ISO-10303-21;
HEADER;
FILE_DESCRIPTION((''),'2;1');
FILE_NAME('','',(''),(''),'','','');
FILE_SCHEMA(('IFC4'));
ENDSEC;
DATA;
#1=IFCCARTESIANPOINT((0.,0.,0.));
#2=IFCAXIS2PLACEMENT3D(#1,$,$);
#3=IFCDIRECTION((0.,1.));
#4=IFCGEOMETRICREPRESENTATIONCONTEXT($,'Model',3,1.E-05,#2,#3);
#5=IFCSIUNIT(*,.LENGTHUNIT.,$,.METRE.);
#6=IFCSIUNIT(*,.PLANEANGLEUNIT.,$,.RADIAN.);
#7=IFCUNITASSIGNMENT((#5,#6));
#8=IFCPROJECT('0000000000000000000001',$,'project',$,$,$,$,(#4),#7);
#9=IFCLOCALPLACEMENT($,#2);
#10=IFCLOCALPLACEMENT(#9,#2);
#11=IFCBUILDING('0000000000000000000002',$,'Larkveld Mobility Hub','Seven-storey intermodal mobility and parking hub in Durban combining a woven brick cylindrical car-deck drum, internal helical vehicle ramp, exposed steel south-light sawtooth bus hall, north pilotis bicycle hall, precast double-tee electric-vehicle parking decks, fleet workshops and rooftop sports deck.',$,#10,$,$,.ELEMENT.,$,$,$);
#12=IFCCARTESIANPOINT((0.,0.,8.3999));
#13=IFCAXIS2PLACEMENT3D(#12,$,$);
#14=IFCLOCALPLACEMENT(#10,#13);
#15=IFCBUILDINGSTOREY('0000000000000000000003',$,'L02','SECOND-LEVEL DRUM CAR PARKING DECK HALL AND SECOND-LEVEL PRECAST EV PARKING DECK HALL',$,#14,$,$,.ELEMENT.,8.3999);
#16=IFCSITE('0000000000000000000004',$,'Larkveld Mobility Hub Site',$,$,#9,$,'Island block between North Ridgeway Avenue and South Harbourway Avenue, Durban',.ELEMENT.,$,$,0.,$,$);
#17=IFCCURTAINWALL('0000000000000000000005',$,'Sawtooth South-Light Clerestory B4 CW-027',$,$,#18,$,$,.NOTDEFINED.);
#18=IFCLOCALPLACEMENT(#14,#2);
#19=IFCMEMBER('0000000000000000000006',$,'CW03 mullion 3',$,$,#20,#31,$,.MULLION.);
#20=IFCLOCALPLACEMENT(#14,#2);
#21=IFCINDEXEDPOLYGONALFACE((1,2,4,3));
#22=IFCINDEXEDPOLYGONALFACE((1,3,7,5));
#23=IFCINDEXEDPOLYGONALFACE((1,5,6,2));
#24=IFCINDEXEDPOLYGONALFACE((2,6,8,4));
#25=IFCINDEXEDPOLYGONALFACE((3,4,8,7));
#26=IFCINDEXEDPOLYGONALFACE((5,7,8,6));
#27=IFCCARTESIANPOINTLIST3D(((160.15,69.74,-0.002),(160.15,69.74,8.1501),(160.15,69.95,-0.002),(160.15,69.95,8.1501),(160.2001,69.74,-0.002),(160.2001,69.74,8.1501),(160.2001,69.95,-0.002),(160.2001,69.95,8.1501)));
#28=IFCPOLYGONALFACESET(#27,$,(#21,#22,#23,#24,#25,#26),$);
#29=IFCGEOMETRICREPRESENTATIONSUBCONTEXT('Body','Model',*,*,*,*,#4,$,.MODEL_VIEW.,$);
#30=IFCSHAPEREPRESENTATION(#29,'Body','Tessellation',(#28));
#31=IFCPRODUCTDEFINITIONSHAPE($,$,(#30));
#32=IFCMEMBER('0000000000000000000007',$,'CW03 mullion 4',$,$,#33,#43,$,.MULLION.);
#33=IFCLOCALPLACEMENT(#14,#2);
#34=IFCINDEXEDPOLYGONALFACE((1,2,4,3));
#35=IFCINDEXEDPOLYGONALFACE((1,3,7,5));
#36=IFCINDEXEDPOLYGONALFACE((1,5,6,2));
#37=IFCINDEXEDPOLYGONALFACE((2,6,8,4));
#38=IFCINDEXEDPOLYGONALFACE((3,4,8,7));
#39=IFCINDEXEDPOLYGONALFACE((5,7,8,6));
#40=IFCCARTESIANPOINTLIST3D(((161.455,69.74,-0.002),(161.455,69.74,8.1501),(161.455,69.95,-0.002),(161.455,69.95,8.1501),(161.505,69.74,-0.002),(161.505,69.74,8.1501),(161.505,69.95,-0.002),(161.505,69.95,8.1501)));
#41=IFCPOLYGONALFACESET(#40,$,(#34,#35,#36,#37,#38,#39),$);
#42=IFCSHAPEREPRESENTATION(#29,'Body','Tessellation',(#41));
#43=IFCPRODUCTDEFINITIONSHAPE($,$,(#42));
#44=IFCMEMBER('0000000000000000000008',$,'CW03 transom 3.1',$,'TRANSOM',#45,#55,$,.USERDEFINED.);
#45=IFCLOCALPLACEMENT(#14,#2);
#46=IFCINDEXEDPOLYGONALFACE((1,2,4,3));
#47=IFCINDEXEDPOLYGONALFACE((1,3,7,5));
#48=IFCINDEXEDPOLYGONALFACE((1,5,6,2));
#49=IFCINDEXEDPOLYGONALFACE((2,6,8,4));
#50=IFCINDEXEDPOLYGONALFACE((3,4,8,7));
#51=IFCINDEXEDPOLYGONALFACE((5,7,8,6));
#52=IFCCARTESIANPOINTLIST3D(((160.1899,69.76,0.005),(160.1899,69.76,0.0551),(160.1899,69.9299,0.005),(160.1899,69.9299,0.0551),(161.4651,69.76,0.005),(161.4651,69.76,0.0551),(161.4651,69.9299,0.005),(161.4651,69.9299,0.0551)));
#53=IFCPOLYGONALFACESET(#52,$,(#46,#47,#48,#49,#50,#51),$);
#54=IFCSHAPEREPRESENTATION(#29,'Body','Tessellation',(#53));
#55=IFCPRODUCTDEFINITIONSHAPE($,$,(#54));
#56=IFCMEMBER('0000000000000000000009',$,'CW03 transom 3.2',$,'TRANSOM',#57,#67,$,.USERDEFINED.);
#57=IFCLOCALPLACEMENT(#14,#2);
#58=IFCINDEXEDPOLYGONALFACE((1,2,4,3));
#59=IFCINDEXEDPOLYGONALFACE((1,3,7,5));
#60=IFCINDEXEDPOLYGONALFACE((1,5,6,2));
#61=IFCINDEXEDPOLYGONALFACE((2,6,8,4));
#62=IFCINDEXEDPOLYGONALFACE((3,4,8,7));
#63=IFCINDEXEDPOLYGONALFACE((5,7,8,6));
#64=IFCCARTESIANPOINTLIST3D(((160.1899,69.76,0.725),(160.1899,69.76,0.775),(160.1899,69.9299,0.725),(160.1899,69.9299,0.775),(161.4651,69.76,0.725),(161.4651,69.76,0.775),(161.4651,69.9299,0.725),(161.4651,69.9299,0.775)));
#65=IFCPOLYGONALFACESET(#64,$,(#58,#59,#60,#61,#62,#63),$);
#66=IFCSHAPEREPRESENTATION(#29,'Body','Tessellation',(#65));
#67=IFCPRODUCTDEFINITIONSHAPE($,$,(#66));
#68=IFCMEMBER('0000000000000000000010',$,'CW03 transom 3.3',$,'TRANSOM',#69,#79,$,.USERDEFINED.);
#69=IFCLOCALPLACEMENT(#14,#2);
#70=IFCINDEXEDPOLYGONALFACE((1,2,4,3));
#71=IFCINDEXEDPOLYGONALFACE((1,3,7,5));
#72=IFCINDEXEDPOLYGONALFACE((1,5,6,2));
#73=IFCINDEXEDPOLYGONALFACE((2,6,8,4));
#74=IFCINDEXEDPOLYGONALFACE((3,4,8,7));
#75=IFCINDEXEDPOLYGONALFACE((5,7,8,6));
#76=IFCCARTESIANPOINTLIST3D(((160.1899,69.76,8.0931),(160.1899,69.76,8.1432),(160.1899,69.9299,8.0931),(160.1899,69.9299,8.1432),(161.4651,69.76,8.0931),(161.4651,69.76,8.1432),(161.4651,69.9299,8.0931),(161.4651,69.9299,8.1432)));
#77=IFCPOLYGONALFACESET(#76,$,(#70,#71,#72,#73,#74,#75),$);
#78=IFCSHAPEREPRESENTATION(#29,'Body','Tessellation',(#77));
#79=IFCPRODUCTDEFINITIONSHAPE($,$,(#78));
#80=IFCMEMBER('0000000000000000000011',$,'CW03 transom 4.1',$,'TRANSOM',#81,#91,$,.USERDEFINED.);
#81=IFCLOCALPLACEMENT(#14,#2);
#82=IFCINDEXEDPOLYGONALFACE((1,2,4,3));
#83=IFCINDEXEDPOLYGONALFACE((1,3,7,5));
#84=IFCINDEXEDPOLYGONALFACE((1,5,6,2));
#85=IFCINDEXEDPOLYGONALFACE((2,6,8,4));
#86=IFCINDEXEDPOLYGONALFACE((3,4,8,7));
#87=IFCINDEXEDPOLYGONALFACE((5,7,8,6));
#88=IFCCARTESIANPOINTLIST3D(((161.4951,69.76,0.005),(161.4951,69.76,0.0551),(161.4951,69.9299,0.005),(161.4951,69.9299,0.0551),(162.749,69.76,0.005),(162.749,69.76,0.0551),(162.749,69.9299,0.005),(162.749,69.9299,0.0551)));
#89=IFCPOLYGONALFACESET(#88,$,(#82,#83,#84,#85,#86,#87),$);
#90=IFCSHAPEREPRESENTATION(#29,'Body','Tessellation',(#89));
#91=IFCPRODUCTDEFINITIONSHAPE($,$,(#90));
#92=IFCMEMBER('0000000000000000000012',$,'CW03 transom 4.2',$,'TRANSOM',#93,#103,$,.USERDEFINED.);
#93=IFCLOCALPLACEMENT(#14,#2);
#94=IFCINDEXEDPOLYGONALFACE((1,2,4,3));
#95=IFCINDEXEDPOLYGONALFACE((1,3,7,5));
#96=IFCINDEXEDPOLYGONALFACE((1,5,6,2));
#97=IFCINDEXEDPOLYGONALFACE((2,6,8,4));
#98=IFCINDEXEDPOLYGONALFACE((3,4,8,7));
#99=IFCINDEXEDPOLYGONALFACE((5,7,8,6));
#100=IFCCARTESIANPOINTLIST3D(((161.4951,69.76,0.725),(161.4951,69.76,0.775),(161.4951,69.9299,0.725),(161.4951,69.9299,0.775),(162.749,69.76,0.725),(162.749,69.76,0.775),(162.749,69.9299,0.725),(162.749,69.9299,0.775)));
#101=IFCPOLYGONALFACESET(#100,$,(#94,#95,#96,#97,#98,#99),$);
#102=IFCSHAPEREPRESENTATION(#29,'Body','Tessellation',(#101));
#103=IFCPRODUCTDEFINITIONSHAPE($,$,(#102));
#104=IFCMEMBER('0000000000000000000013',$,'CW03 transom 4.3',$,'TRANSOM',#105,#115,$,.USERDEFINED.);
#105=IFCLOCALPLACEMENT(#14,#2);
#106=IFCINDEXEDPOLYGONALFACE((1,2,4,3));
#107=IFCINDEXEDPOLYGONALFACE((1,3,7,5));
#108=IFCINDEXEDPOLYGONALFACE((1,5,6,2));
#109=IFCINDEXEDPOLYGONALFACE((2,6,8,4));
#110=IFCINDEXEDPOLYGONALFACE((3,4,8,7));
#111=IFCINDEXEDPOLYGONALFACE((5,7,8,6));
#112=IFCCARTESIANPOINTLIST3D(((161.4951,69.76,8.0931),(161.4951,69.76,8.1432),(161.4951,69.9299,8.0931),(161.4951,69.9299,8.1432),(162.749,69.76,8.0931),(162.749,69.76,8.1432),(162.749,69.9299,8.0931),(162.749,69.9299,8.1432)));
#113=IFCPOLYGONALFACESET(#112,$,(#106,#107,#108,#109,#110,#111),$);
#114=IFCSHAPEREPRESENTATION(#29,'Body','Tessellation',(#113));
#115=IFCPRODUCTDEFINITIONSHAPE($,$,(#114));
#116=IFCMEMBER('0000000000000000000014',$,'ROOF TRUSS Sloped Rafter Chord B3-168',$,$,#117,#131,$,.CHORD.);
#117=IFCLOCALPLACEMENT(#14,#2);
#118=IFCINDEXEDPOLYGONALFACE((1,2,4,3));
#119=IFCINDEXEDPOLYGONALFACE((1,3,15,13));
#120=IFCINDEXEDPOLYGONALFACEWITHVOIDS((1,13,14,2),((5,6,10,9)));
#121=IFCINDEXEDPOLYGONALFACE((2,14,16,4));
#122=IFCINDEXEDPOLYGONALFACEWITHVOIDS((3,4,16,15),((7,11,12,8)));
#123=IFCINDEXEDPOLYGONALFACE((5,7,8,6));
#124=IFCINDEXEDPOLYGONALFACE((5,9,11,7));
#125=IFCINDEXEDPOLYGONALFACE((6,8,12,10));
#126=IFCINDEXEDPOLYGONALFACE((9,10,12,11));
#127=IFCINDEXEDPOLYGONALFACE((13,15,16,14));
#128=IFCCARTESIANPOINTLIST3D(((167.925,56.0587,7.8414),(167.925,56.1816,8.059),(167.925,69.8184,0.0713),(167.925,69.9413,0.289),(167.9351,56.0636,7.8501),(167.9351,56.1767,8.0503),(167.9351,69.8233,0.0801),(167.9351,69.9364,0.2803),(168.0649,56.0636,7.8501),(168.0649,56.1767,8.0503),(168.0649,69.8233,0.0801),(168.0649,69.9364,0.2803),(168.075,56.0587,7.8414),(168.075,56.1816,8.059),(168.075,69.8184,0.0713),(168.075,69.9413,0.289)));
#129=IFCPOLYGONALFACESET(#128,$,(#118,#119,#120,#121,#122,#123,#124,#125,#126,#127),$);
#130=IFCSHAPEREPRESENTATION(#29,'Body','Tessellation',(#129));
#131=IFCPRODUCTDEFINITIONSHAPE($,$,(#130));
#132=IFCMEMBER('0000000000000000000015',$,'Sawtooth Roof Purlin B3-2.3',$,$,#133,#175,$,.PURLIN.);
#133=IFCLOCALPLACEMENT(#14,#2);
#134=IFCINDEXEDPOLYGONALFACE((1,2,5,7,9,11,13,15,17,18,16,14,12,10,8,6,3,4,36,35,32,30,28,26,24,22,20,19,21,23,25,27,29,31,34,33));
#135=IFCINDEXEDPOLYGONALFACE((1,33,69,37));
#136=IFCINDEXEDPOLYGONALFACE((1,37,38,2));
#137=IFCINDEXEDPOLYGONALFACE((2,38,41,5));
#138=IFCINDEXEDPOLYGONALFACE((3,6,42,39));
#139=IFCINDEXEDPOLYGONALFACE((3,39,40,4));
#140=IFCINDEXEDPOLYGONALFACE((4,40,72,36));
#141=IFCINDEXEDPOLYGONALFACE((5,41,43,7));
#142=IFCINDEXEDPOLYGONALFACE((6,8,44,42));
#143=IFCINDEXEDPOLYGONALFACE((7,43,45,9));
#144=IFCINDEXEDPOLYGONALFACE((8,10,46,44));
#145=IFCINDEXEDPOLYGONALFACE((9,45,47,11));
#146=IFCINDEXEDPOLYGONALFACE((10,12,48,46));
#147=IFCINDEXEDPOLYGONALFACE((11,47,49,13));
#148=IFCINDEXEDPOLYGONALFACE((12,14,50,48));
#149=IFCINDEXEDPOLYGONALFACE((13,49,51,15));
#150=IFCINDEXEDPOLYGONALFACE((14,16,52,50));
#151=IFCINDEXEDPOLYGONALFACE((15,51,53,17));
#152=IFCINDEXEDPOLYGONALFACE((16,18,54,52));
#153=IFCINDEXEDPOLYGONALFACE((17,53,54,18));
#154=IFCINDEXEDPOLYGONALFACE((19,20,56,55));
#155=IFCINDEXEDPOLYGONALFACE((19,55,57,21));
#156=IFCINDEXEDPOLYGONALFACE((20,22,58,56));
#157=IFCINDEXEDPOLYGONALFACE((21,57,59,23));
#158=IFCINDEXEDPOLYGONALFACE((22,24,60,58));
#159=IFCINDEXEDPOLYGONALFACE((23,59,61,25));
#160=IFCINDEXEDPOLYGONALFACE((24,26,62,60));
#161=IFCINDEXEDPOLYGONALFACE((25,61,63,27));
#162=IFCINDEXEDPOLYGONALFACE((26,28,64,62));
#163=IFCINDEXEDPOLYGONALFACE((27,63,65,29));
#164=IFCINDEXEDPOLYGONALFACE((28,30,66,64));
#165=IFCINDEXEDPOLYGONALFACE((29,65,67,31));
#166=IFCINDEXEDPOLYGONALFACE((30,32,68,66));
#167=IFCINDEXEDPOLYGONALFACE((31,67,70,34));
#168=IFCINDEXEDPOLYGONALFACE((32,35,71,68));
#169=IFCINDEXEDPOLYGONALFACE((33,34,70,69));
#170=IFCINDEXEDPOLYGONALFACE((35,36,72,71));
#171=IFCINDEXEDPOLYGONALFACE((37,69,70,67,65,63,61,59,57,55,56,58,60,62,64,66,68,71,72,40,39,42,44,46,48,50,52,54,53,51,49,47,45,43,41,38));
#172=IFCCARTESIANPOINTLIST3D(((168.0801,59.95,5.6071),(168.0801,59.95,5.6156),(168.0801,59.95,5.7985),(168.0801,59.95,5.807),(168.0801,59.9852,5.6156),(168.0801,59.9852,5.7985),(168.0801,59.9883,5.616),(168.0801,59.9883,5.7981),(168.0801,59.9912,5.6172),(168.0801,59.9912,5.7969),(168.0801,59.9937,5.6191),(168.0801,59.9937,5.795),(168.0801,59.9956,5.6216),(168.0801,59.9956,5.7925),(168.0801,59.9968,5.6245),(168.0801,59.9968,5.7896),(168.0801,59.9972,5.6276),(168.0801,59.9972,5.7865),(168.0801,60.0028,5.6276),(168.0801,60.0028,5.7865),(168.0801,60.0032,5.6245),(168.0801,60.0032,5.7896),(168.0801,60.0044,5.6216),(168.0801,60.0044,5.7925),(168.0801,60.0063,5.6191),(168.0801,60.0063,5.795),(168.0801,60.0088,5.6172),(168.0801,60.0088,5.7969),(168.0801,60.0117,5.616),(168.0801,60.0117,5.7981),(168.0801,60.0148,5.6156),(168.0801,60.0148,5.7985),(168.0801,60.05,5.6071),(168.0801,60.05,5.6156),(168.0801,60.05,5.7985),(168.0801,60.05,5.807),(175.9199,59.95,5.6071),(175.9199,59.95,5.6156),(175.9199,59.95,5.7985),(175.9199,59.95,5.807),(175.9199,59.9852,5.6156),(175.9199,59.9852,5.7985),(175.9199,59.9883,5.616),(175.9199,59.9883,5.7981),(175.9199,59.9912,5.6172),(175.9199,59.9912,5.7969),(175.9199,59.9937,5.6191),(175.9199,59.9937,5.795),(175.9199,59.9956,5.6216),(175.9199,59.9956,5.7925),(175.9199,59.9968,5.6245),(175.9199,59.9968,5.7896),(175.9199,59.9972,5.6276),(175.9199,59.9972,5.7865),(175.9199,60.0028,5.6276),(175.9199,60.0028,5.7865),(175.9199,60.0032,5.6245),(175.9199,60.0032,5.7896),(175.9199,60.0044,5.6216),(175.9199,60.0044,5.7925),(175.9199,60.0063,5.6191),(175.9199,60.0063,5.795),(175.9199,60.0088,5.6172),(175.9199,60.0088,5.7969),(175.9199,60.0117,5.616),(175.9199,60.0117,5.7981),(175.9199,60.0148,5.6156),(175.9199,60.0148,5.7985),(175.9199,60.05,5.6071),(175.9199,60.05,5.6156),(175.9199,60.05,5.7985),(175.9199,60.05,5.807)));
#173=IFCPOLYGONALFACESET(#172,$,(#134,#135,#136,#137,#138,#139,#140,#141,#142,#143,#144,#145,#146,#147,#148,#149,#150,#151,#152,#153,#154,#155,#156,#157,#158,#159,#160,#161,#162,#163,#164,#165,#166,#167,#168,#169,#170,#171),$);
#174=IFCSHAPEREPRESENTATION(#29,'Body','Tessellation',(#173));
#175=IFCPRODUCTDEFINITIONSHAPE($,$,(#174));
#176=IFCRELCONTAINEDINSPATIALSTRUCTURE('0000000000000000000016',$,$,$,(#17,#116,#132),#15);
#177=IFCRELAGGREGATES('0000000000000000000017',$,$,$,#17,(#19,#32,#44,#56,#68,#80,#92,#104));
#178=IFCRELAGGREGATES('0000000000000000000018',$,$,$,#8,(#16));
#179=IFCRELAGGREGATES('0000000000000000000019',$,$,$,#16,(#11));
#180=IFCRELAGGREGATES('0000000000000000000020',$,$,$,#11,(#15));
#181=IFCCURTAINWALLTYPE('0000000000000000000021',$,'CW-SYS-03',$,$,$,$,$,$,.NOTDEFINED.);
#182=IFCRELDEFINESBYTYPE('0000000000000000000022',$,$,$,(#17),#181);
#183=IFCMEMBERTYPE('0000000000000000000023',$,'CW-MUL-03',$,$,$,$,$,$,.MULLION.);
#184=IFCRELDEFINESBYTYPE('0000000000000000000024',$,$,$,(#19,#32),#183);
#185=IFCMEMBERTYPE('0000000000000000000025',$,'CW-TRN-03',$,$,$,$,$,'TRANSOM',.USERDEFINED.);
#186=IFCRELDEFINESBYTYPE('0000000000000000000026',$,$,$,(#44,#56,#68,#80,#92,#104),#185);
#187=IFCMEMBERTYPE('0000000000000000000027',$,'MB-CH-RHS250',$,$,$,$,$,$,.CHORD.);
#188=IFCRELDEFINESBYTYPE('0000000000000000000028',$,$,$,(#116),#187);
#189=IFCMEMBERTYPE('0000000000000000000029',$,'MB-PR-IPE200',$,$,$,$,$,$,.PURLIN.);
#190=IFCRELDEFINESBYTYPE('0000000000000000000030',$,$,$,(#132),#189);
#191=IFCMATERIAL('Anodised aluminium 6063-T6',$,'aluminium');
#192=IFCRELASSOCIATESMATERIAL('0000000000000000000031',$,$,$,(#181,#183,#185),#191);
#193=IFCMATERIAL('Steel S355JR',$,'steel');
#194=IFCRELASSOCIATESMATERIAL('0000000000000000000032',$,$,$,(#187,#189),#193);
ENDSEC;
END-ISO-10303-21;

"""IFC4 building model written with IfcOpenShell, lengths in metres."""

from ifc_helpers import new_model, si_unit, direction, frame, origin, origin_2d, place, context, subcontext, project, spatial, rectangle, hollow_rectangle, i_section, extrude, material, material_profile, profile_set, type_object, element, aggregate, save


model = new_model("IFC4")

# Units and contexts
model_context = context("Model", 3, precision=1e-05, world=origin(), true_north=direction((0.0, 1.0)))
body_context = subcontext(model_context, "Body", "Model", "MODEL_VIEW")
ifc_project = project(units=[si_unit("LENGTHUNIT", "METRE"), si_unit("PLANEANGLEUNIT", "RADIAN")], contexts=[model_context])

# Site, building, storey
site_placement = place(None, origin())
site = spatial("IfcSite", under=ifc_project, at=site_placement, Name="Larkveld Mobility Hub Site", LongName="Island block between North Ridgeway Avenue and South Harbourway Avenue, Durban", CompositionType="ELEMENT", RefElevation=0.0)
building_placement = place(site_placement, origin())
building = spatial("IfcBuilding", under=site, at=building_placement, Name="Larkveld Mobility Hub", Description="Seven-storey intermodal mobility and parking hub in Durban combining a woven brick cylindrical car-deck drum, internal helical vehicle ramp, exposed steel south-light sawtooth bus hall, north pilotis bicycle hall, precast double-tee electric-vehicle parking decks, fleet workshops and rooftop sports deck.", CompositionType="ELEMENT")
storey_placement = place(building_placement, frame((0.0, 0.0, 8.3999)))
storey = spatial("IfcBuildingStorey", under=building, at=storey_placement, Name="L02", Description="SECOND-LEVEL DRUM CAR PARKING DECK HALL AND SECOND-LEVEL PRECAST EV PARKING DECK HALL", CompositionType="ELEMENT", Elevation=8.3999)

# Curtain wall, members
ifc_material_1 = material(Name="Anodised aluminium 6063-T6", Category="aluminium")
curtain_wall_type = type_object("IfcCurtainWallType", Name="CW-SYS-03", PredefinedType="NOTDEFINED", material=ifc_material_1)
curtain_wall_placement = place(storey_placement, origin())
curtain_wall = element("IfcCurtainWall", 1, at=curtain_wall_placement, inside=storey, type_object=curtain_wall_type, Name="Sawtooth South-Light Clerestory B4 CW-027", PredefinedType="NOTDEFINED")
ifc_material_profile_1 = material_profile(ifc_material_1, rectangle(XDim=0.05, YDim=0.21, at=origin_2d()), Name="ALU MULL 50x210")
ifc_profile_set_1 = profile_set([ifc_material_profile_1], Name="Anodised aluminium 6063-T6")
member_type_1 = type_object("IfcMemberType", Name="CW-MUL-03", PredefinedType="MULLION", material=ifc_profile_set_1)
member_1_placement = place(storey_placement, frame((160.175, 69.845, -0.002), z_axis=(0.0, 0.0, 1.0), x_axis=(1.0, 0.0, 0.0)))
member_1 = element("IfcMember", 2, at=member_1_placement, type_object=member_type_1, Name="CW03 mullion 3", PredefinedType="MULLION", context=body_context, shape_type="SweptSolid", body=[
    extrude(rectangle(XDim=0.05, YDim=0.21, at=origin_2d()), origin(), (0.0, 0.0, 1.0), 8.1521),
])
member_2_placement = place(storey_placement, frame((161.48, 69.845, -0.002), z_axis=(0.0, 0.0, 1.0), x_axis=(1.0, 0.0, 0.0)))
member_2 = element("IfcMember", 3, at=member_2_placement, type_object=member_type_1, Name="CW03 mullion 4", PredefinedType="MULLION", context=body_context, shape_type="SweptSolid", body=[
    extrude(rectangle(XDim=0.05, YDim=0.21, at=origin_2d()), origin(), (0.0, 0.0, 1.0), 8.1521),
])
ifc_material_profile_2 = material_profile(ifc_material_1, rectangle(XDim=0.1699, YDim=0.05, at=origin_2d()), Name="ALU TRAN 50x170")
ifc_profile_set_2 = profile_set([ifc_material_profile_2], Name="Anodised aluminium 6063-T6")
member_type_2 = type_object("IfcMemberType", Name="CW-TRN-03", ElementType="TRANSOM", PredefinedType="USERDEFINED", material=ifc_profile_set_2)
member_3_placement = place(storey_placement, frame((160.1899, 69.845, 0.03), z_axis=(1.0, 0.0, 0.0), x_axis=(0.0, 1.0, 0.0)))
member_3 = element("IfcMember", 4, at=member_3_placement, type_object=member_type_2, Name="CW03 transom 3.1", ObjectType="TRANSOM", PredefinedType="USERDEFINED", context=body_context, shape_type="SweptSolid", body=[
    extrude(rectangle(XDim=0.1699, YDim=0.05, at=origin_2d()), origin(), (0.0, 0.0, 1.0), 1.2751),
])
member_4_placement = place(storey_placement, frame((160.1899, 69.845, 0.75), z_axis=(1.0, 0.0, 0.0), x_axis=(0.0, 1.0, 0.0)))
member_4 = element("IfcMember", 5, at=member_4_placement, type_object=member_type_2, Name="CW03 transom 3.2", ObjectType="TRANSOM", PredefinedType="USERDEFINED", context=body_context, shape_type="SweptSolid", body=[
    extrude(rectangle(XDim=0.1699, YDim=0.05, at=origin_2d()), origin(), (0.0, 0.0, 1.0), 1.2751),
])
member_5_placement = place(storey_placement, frame((160.1899, 69.845, 8.1182), z_axis=(1.0, 0.0, 0.0), x_axis=(0.0, 1.0, 0.0)))
member_5 = element("IfcMember", 6, at=member_5_placement, type_object=member_type_2, Name="CW03 transom 3.3", ObjectType="TRANSOM", PredefinedType="USERDEFINED", context=body_context, shape_type="SweptSolid", body=[
    extrude(rectangle(XDim=0.1699, YDim=0.05, at=origin_2d()), origin(), (0.0, 0.0, 1.0), 1.2751),
])
member_6_placement = place(storey_placement, frame((161.4951, 69.845, 0.03), z_axis=(1.0, 0.0, 0.0), x_axis=(0.0, 1.0, 0.0)))
member_6 = element("IfcMember", 7, at=member_6_placement, type_object=member_type_2, Name="CW03 transom 4.1", ObjectType="TRANSOM", PredefinedType="USERDEFINED", context=body_context, shape_type="SweptSolid", body=[
    extrude(rectangle(XDim=0.1699, YDim=0.05, at=origin_2d()), origin(), (0.0, 0.0, 1.0), 1.2539),
])
member_7_placement = place(storey_placement, frame((161.4951, 69.845, 0.75), z_axis=(1.0, 0.0, 0.0), x_axis=(0.0, 1.0, 0.0)))
member_7 = element("IfcMember", 8, at=member_7_placement, type_object=member_type_2, Name="CW03 transom 4.2", ObjectType="TRANSOM", PredefinedType="USERDEFINED", context=body_context, shape_type="SweptSolid", body=[
    extrude(rectangle(XDim=0.1699, YDim=0.05, at=origin_2d()), origin(), (0.0, 0.0, 1.0), 1.2539),
])
member_8_placement = place(storey_placement, frame((161.4951, 69.845, 8.1182), z_axis=(1.0, 0.0, 0.0), x_axis=(0.0, 1.0, 0.0)))
member_8 = element("IfcMember", 9, at=member_8_placement, type_object=member_type_2, Name="CW03 transom 4.3", ObjectType="TRANSOM", PredefinedType="USERDEFINED", context=body_context, shape_type="SweptSolid", body=[
    extrude(rectangle(XDim=0.1699, YDim=0.05, at=origin_2d()), origin(), (0.0, 0.0, 1.0), 1.2539),
])

# Members
ifc_material_2 = material(Name="Steel S355JR", Category="steel")
ifc_material_profile_3 = material_profile(ifc_material_2, hollow_rectangle(XDim=0.1499, YDim=0.25, WallThickness=0.01, at=origin_2d()), Name="RHS 250x150x10")
ifc_profile_set_3 = profile_set([ifc_material_profile_3], Name="Steel S355JR")
member_type_3 = type_object("IfcMemberType", Name="MB-CH-RHS250", PredefinedType="CHORD", material=ifc_profile_set_3)
member_9_placement = place(storey_placement, frame((168.0, 56.1201, 7.9502), z_axis=(0.0, 0.870759, -0.49171), x_axis=(-1.0, 0.0, 0.0)))
element("IfcMember", 10, at=member_9_placement, inside=storey, type_object=member_type_3, Name="ROOF TRUSS Sloped Rafter Chord B3-168", PredefinedType="CHORD", context=body_context, shape_type="SweptSolid", body=[
    extrude(hollow_rectangle(XDim=0.1499, YDim=0.25, WallThickness=0.01, at=origin_2d()), origin(), (0.0, 0.0, 1.0), 15.802),
])
ifc_material_profile_4 = material_profile(ifc_material_2, i_section(OverallWidth=0.1001, OverallDepth=0.2, WebThickness=0.0056, FlangeThickness=0.0085, FilletRadius=0.012, at=origin_2d()), Name="IPE 200")
ifc_profile_set_4 = profile_set([ifc_material_profile_4], Name="Steel S355JR")
member_type_4 = type_object("IfcMemberType", Name="MB-PR-IPE200", PredefinedType="PURLIN", material=ifc_profile_set_4)
member_10_placement = place(storey_placement, frame((168.0801, 60.0, 5.707), z_axis=(1.0, 0.0, 0.0), x_axis=(0.0, 1.0, 0.0)))
element("IfcMember", 11, at=member_10_placement, inside=storey, type_object=member_type_4, Name="Sawtooth Roof Purlin B3-2.3", PredefinedType="PURLIN", context=body_context, shape_type="SweptSolid", body=[
    extrude(i_section(OverallWidth=0.1001, OverallDepth=0.2, WebThickness=0.0056, FlangeThickness=0.0085, FilletRadius=0.012, at=origin_2d()), origin(), (0.0, 0.0, 1.0), 7.8398),
])

aggregate(curtain_wall, [member_1, member_2, member_3, member_4, member_5, member_6, member_7, member_8])

save(model, "model.ifc")
